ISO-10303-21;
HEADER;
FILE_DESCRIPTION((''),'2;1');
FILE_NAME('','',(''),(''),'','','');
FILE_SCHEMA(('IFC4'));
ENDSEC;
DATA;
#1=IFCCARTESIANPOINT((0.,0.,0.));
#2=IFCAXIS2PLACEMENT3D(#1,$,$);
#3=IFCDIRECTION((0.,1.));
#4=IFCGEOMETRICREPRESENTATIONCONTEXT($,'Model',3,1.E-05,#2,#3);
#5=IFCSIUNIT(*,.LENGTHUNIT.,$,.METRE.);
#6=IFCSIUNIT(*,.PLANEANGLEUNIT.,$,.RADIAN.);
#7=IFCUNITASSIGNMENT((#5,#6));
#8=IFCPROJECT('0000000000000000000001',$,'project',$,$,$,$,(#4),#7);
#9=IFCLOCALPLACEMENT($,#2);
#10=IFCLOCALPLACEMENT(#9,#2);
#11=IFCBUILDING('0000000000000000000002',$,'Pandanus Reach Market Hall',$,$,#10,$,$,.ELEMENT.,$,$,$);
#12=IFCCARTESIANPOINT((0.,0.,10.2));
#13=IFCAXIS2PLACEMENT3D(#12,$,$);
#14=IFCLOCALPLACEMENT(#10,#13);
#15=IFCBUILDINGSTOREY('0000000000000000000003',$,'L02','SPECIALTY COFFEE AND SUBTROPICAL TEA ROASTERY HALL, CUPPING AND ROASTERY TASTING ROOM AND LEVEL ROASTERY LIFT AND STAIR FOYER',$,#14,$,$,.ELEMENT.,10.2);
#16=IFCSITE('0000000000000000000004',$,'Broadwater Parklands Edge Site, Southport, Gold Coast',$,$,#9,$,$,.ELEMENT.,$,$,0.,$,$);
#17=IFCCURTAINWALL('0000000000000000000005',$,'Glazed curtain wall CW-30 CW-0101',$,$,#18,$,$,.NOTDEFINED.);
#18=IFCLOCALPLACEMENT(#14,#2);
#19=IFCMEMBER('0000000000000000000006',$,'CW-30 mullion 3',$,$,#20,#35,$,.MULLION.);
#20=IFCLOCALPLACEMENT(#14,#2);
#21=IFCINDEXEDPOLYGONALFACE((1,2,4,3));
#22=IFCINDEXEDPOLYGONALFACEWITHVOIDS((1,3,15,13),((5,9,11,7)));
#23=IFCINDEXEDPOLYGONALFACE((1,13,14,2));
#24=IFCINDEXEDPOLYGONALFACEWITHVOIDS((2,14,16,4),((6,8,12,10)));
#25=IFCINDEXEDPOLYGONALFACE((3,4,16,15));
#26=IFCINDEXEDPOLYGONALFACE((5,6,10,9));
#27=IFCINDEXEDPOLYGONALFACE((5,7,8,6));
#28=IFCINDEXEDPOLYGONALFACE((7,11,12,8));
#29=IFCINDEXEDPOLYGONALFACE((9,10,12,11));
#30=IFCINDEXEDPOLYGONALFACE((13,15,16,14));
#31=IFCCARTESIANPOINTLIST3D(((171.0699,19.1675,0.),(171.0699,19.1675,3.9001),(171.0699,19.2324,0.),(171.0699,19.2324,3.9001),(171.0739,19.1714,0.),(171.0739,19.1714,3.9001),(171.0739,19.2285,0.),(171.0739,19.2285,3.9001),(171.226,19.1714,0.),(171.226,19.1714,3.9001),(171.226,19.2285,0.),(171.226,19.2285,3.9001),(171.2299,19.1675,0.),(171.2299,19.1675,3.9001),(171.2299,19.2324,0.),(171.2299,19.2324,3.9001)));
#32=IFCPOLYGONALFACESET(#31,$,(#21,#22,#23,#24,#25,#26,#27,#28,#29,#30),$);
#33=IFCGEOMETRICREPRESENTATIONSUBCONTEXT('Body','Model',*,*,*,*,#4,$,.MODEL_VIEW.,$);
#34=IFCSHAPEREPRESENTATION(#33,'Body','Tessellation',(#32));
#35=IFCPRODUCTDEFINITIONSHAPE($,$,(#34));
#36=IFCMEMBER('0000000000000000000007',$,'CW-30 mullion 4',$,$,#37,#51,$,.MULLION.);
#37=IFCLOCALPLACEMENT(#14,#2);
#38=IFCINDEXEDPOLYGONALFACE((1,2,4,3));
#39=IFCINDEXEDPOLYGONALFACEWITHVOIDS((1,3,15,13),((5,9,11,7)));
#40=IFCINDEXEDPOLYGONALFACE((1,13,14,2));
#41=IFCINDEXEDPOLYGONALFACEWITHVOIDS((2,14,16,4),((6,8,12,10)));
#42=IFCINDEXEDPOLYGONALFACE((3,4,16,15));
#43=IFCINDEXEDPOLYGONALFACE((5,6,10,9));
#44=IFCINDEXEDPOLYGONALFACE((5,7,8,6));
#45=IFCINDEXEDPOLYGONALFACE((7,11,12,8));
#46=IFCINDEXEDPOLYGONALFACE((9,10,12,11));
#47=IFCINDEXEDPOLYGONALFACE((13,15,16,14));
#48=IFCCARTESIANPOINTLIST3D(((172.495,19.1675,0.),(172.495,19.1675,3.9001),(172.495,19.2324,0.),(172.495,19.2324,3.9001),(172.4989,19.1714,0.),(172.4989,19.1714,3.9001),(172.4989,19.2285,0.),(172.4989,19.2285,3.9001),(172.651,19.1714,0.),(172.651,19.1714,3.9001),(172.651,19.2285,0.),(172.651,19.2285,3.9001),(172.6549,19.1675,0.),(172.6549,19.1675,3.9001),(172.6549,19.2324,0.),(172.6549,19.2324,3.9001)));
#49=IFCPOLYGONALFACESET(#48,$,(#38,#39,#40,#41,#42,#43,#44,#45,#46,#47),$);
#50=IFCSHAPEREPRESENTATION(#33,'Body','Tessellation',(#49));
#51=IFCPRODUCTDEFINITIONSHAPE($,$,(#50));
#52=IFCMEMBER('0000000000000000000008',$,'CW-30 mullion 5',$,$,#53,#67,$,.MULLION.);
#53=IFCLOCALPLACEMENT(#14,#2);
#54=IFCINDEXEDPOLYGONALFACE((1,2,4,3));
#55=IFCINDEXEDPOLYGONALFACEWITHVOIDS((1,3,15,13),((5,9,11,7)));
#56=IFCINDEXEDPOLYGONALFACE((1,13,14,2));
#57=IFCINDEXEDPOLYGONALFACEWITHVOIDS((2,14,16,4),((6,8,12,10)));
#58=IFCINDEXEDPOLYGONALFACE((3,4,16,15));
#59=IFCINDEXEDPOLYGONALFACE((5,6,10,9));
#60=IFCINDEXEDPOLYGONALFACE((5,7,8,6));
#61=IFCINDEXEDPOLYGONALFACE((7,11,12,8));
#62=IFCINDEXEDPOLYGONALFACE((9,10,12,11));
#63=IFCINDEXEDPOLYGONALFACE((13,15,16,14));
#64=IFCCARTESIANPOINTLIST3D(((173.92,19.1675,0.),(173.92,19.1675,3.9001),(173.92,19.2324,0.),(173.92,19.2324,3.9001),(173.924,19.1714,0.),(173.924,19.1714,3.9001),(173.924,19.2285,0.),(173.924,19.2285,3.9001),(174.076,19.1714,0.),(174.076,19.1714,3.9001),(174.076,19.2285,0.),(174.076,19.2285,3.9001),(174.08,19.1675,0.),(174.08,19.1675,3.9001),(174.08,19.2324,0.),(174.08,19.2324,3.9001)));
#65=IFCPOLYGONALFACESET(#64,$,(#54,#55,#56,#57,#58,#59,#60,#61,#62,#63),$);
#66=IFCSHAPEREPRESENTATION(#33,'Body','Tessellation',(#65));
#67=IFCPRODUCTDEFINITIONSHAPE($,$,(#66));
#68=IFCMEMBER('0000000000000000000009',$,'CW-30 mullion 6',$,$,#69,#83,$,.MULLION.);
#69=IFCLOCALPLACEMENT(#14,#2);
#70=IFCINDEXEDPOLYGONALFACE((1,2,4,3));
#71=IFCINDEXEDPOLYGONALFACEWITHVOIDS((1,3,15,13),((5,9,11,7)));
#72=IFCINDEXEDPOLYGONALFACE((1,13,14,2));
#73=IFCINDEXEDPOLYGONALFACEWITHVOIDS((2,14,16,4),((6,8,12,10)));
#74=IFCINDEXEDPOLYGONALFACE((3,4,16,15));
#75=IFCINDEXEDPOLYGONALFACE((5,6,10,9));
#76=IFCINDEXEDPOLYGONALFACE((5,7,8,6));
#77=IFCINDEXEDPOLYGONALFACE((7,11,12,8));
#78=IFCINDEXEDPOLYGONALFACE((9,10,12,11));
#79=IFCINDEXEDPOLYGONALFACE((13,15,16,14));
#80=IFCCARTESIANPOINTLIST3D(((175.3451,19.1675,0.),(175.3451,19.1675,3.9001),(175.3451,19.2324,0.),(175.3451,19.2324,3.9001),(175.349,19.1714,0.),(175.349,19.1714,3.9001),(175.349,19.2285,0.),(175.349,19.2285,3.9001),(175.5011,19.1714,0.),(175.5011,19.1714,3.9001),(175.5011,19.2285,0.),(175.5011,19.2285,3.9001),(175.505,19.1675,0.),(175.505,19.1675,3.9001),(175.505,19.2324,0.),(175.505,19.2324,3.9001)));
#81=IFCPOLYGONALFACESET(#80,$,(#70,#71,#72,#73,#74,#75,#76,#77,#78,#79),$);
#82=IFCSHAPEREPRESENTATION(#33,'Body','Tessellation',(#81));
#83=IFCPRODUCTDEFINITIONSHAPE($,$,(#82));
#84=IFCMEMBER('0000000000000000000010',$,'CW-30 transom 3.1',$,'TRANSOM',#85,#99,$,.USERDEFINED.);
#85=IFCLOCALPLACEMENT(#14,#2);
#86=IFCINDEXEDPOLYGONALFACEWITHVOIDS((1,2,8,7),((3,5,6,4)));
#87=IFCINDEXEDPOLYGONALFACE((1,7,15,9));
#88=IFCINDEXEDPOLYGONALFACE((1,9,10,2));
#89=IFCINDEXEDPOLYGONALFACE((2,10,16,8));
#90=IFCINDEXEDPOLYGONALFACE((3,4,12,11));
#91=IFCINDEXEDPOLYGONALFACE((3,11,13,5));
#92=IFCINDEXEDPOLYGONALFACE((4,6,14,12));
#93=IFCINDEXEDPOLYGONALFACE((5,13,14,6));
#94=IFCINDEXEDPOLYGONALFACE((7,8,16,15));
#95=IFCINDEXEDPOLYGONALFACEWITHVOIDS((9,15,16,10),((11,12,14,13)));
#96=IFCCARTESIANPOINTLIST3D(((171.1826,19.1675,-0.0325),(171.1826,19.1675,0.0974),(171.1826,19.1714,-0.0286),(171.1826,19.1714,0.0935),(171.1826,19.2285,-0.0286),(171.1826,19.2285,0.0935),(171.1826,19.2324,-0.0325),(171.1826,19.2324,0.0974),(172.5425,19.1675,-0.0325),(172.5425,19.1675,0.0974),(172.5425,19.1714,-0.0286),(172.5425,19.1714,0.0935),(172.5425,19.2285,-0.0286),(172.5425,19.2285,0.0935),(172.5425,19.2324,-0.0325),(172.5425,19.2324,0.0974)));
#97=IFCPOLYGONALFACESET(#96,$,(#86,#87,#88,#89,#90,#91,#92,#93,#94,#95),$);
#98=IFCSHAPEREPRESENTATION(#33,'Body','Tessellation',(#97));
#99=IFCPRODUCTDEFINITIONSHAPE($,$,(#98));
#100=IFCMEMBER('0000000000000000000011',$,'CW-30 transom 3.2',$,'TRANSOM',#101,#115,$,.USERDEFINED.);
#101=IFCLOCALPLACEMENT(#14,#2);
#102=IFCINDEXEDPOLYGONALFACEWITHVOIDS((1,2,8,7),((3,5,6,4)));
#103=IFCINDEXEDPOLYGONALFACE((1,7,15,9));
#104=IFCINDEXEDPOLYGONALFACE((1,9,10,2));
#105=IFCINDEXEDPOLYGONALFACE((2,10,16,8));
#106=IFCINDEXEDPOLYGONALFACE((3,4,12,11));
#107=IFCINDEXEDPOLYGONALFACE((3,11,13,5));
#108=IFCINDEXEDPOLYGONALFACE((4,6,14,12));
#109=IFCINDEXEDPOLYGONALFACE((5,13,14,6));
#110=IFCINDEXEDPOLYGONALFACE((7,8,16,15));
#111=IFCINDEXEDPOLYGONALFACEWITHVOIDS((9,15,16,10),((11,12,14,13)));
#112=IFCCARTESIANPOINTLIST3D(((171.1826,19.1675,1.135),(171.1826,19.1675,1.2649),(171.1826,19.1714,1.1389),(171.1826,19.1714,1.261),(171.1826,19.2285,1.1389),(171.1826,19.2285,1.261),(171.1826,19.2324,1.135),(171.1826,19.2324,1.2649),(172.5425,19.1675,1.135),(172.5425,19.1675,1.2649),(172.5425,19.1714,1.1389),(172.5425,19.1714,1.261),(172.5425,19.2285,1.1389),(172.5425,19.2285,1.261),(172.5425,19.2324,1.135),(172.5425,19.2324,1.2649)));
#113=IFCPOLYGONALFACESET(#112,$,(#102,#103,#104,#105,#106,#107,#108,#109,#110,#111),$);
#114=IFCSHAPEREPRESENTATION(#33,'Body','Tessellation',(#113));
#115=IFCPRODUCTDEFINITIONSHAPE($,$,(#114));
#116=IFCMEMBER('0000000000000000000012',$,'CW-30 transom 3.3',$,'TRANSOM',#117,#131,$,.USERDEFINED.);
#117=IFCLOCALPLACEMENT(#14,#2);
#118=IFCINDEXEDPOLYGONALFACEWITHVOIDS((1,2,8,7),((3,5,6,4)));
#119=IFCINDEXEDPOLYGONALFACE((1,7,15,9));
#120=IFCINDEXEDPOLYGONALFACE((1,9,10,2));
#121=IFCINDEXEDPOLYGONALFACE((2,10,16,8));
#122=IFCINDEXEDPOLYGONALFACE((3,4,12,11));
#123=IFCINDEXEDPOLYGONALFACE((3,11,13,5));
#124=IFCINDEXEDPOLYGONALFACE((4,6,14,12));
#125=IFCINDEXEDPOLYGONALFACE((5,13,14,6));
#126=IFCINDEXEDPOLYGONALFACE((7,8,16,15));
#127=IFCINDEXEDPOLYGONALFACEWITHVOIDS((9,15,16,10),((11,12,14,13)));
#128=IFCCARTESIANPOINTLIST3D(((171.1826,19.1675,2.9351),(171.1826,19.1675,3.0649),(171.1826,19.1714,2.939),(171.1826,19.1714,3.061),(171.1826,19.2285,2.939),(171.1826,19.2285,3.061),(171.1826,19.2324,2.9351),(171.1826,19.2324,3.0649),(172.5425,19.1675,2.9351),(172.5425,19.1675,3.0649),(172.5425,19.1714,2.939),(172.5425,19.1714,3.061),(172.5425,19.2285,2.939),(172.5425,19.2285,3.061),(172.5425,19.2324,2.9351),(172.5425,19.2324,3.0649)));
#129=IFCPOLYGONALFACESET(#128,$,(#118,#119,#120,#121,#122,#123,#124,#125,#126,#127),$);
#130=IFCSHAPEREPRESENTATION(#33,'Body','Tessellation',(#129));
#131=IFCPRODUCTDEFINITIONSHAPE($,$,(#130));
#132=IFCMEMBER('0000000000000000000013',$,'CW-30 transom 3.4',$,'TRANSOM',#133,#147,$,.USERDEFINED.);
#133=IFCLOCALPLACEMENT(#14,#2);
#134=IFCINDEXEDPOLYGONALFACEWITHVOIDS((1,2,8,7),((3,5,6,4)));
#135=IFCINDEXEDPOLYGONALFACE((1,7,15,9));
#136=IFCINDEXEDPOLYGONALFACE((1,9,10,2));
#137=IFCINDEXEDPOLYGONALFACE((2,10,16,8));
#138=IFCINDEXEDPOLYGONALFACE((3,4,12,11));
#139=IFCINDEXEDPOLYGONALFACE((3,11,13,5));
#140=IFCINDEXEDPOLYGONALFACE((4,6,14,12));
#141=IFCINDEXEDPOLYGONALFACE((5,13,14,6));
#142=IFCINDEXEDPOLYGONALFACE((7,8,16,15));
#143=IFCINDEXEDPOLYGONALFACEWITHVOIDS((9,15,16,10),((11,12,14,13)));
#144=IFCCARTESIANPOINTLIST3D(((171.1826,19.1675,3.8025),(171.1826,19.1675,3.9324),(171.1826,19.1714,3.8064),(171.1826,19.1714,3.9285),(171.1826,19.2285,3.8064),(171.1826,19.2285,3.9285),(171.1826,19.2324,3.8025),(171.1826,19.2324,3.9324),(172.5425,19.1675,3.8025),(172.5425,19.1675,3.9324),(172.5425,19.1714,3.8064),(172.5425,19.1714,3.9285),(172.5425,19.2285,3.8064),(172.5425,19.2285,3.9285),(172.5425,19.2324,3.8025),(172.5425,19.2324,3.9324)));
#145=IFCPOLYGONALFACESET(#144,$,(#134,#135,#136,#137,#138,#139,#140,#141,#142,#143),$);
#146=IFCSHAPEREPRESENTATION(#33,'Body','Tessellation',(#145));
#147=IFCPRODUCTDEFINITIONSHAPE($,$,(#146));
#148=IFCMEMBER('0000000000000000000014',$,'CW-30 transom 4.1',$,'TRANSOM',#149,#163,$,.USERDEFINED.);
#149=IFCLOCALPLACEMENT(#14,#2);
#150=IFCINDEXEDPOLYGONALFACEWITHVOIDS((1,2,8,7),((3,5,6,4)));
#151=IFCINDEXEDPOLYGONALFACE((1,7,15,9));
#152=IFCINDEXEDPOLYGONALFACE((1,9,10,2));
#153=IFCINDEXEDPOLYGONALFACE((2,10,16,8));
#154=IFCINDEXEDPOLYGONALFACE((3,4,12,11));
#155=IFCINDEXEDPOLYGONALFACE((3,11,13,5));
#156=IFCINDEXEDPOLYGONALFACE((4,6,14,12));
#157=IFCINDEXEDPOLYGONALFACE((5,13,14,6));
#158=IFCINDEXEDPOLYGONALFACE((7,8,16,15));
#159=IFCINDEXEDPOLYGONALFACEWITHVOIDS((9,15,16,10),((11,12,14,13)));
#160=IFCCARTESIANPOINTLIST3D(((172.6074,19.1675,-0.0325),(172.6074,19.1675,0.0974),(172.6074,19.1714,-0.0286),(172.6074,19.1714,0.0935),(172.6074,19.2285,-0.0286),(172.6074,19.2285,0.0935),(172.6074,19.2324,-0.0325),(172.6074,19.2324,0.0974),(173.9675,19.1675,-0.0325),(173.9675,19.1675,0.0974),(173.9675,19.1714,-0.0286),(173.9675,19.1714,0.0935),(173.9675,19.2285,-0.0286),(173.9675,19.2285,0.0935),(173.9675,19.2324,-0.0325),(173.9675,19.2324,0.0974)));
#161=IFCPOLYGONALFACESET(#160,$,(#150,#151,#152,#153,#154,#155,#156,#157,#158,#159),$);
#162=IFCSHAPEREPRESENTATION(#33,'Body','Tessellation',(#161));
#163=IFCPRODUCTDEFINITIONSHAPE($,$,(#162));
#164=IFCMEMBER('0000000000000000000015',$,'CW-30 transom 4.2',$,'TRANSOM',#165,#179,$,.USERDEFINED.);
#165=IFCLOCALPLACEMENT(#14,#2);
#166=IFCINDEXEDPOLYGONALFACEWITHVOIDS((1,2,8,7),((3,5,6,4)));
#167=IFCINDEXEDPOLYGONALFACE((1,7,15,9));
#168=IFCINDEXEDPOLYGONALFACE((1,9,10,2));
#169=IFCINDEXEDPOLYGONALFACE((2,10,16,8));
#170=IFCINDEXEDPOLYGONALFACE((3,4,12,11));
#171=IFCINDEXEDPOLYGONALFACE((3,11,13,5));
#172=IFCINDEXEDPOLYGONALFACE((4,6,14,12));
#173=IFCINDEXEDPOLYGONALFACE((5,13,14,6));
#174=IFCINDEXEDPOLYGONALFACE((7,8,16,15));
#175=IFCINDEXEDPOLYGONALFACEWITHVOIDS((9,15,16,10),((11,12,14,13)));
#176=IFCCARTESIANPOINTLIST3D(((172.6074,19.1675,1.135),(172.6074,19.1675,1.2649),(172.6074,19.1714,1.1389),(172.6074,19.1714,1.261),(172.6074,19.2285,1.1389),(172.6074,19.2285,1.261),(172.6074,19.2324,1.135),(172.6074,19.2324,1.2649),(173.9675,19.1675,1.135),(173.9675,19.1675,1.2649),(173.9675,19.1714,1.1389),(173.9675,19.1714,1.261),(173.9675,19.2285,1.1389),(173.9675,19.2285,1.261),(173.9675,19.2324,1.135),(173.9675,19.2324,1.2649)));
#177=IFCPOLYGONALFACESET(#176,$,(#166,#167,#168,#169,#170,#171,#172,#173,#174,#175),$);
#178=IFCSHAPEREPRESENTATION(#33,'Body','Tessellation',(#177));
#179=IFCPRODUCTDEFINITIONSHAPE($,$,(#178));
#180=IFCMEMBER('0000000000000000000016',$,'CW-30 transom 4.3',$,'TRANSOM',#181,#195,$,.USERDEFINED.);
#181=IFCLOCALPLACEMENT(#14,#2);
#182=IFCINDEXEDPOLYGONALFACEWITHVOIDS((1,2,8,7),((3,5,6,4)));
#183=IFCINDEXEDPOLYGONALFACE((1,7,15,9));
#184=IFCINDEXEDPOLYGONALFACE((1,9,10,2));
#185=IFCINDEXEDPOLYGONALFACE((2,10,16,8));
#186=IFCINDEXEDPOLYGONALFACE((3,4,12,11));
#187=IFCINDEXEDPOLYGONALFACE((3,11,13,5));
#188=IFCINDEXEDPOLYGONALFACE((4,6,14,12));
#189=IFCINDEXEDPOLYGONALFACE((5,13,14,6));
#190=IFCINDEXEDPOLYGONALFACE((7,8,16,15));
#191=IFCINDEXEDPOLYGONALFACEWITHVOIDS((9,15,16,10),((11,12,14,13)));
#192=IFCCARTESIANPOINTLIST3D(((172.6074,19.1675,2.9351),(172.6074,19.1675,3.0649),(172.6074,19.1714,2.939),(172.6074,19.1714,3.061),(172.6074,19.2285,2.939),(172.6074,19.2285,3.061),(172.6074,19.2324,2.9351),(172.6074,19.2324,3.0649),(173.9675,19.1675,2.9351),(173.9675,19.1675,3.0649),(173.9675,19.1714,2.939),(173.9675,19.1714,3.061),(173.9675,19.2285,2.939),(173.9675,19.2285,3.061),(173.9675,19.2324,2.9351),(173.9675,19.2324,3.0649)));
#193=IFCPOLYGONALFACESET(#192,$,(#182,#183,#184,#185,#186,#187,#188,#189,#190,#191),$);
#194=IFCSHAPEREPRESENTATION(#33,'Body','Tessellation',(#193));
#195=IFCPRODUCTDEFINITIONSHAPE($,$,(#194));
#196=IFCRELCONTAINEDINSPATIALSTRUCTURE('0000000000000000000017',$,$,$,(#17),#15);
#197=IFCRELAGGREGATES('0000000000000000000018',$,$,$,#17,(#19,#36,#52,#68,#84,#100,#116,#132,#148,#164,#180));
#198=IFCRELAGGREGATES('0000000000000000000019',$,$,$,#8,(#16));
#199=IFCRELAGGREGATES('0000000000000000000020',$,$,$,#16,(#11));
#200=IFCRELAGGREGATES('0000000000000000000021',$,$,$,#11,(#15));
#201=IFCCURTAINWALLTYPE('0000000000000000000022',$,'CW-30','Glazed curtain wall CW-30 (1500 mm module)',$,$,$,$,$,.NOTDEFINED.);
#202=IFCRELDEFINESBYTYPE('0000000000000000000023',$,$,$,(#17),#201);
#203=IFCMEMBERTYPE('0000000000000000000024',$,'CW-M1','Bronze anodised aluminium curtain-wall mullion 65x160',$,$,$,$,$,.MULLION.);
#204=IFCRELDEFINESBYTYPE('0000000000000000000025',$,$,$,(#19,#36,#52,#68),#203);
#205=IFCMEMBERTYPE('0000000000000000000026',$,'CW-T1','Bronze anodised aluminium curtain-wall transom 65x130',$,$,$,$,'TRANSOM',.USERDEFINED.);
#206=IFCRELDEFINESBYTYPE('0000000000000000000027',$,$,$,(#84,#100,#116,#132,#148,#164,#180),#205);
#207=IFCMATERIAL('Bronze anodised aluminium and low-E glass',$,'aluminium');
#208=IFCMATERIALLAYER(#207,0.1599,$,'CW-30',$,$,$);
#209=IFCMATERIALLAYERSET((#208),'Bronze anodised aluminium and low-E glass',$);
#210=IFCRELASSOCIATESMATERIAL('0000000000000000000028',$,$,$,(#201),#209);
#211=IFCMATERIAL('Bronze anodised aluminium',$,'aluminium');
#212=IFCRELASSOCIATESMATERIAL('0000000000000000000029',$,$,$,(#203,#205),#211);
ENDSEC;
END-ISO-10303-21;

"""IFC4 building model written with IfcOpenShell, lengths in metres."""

from ifc_helpers import new_model, si_unit, direction, frame, origin, origin_2d, place, context, subcontext, project, spatial, hollow_rectangle, extrude, material, layer, layer_set, material_profile, profile_set, type_object, element, aggregate, save


model = new_model("IFC4")

# Units and contexts
model_context = context("Model", 3, precision=1e-05, world=origin(), true_north=direction((0.0, 1.0)))
body_context = subcontext(model_context, "Body", "Model", "MODEL_VIEW")
ifc_project = project(units=[si_unit("LENGTHUNIT", "METRE"), si_unit("PLANEANGLEUNIT", "RADIAN")], contexts=[model_context])

# Site, building, storey
site_placement = place(None, origin())
site = spatial("IfcSite", under=ifc_project, at=site_placement, Name="Broadwater Parklands Edge Site, Southport, Gold Coast", CompositionType="ELEMENT", RefElevation=0.0)
building_placement = place(site_placement, origin())
building = spatial("IfcBuilding", under=site, at=building_placement, Name="Pandanus Reach Market Hall", CompositionType="ELEMENT")
storey_placement = place(building_placement, frame((0.0, 0.0, 10.2)))
storey = spatial("IfcBuildingStorey", under=building, at=storey_placement, Name="L02", Description="SPECIALTY COFFEE AND SUBTROPICAL TEA ROASTERY HALL, CUPPING AND ROASTERY TASTING ROOM AND LEVEL ROASTERY LIFT AND STAIR FOYER", CompositionType="ELEMENT", Elevation=10.2)

# Curtain wall, members
ifc_material_1 = material(Name="Bronze anodised aluminium and low-E glass", Category="aluminium")
ifc_layer_1 = layer(ifc_material_1, 0.1599, Name="CW-30")
ifc_layer_set_1 = layer_set([ifc_layer_1], Name="Bronze anodised aluminium and low-E glass")
curtain_wall_type = type_object("IfcCurtainWallType", Name="CW-30", Description="Glazed curtain wall CW-30 (1500 mm module)", PredefinedType="NOTDEFINED", material=ifc_layer_set_1)
curtain_wall_placement = place(storey_placement, origin())
curtain_wall = element("IfcCurtainWall", 1, at=curtain_wall_placement, inside=storey, type_object=curtain_wall_type, Name="Glazed curtain wall CW-30 CW-0101", PredefinedType="NOTDEFINED")
ifc_material_2 = material(Name="Bronze anodised aluminium", Category="aluminium")
ifc_material_profile_1 = material_profile(ifc_material_2, hollow_rectangle(XDim=0.0649, YDim=0.1599, WallThickness=0.0039, at=origin_2d()), Name="ALU65x160", Category="LoadBearing")
ifc_profile_set_1 = profile_set([ifc_material_profile_1], Name="Bronze anodised aluminium")
member_type_1 = type_object("IfcMemberType", Name="CW-M1", Description="Bronze anodised aluminium curtain-wall mullion 65x160", PredefinedType="MULLION", material=ifc_profile_set_1)
member_1_placement = place(storey_placement, frame((171.1499, 19.2, 0.0), z_axis=(0.0, 0.0, 1.0), x_axis=(0.0, 1.0, 0.0)))
member_1 = element("IfcMember", 2, at=member_1_placement, type_object=member_type_1, Name="CW-30 mullion 3", PredefinedType="MULLION", context=body_context, shape_type="SweptSolid", body=[
    extrude(hollow_rectangle(XDim=0.0649, YDim=0.1599, WallThickness=0.0039, at=origin_2d()), origin(), (0.0, 0.0, 1.0), 3.9001),
])
member_2_placement = place(storey_placement, frame((172.575, 19.2, 0.0), z_axis=(0.0, 0.0, 1.0), x_axis=(0.0, 1.0, 0.0)))
member_2 = element("IfcMember", 3, at=member_2_placement, type_object=member_type_1, Name="CW-30 mullion 4", PredefinedType="MULLION", context=body_context, shape_type="SweptSolid", body=[
    extrude(hollow_rectangle(XDim=0.0649, YDim=0.1599, WallThickness=0.0039, at=origin_2d()), origin(), (0.0, 0.0, 1.0), 3.9001),
])
member_3_placement = place(storey_placement, frame((174.0, 19.2, 0.0), z_axis=(0.0, 0.0, 1.0), x_axis=(0.0, 1.0, 0.0)))
member_3 = element("IfcMember", 4, at=member_3_placement, type_object=member_type_1, Name="CW-30 mullion 5", PredefinedType="MULLION", context=body_context, shape_type="SweptSolid", body=[
    extrude(hollow_rectangle(XDim=0.0649, YDim=0.1599, WallThickness=0.0039, at=origin_2d()), origin(), (0.0, 0.0, 1.0), 3.9001),
])
member_4_placement = place(storey_placement, frame((175.425, 19.2, 0.0), z_axis=(0.0, 0.0, 1.0), x_axis=(0.0, 1.0, 0.0)))
member_4 = element("IfcMember", 5, at=member_4_placement, type_object=member_type_1, Name="CW-30 mullion 6", PredefinedType="MULLION", context=body_context, shape_type="SweptSolid", body=[
    extrude(hollow_rectangle(XDim=0.0649, YDim=0.1599, WallThickness=0.0039, at=origin_2d()), origin(), (0.0, 0.0, 1.0), 3.9001),
])
ifc_material_profile_2 = material_profile(ifc_material_2, hollow_rectangle(XDim=0.0649, YDim=0.1299, WallThickness=0.0039, at=origin_2d()), Name="ALU65x130", Category="LoadBearing")
ifc_profile_set_2 = profile_set([ifc_material_profile_2], Name="Bronze anodised aluminium")
member_type_2 = type_object("IfcMemberType", Name="CW-T1", Description="Bronze anodised aluminium curtain-wall transom 65x130", ElementType="TRANSOM", PredefinedType="USERDEFINED", material=ifc_profile_set_2)
member_5_placement = place(storey_placement, frame((171.1826, 19.2, 0.0325), z_axis=(1.0, 0.0, 0.0), x_axis=(0.0, 1.0, 0.0)))
member_5 = element("IfcMember", 6, at=member_5_placement, type_object=member_type_2, Name="CW-30 transom 3.1", ObjectType="TRANSOM", PredefinedType="USERDEFINED", context=body_context, shape_type="SweptSolid", body=[
    extrude(hollow_rectangle(XDim=0.0649, YDim=0.1299, WallThickness=0.0039, at=origin_2d()), origin(), (0.0, 0.0, 1.0), 1.3599),
])
member_6_placement = place(storey_placement, frame((171.1826, 19.2, 1.2), z_axis=(1.0, 0.0, 0.0), x_axis=(0.0, 1.0, 0.0)))
member_6 = element("IfcMember", 7, at=member_6_placement, type_object=member_type_2, Name="CW-30 transom 3.2", ObjectType="TRANSOM", PredefinedType="USERDEFINED", context=body_context, shape_type="SweptSolid", body=[
    extrude(hollow_rectangle(XDim=0.0649, YDim=0.1299, WallThickness=0.0039, at=origin_2d()), origin(), (0.0, 0.0, 1.0), 1.3599),
])
member_7_placement = place(storey_placement, frame((171.1826, 19.2, 3.0), z_axis=(1.0, 0.0, 0.0), x_axis=(0.0, 1.0, 0.0)))
member_7 = element("IfcMember", 8, at=member_7_placement, type_object=member_type_2, Name="CW-30 transom 3.3", ObjectType="TRANSOM", PredefinedType="USERDEFINED", context=body_context, shape_type="SweptSolid", body=[
    extrude(hollow_rectangle(XDim=0.0649, YDim=0.1299, WallThickness=0.0039, at=origin_2d()), origin(), (0.0, 0.0, 1.0), 1.3599),
])
member_8_placement = place(storey_placement, frame((171.1826, 19.2, 3.8674), z_axis=(1.0, 0.0, 0.0), x_axis=(0.0, 1.0, 0.0)))
member_8 = element("IfcMember", 9, at=member_8_placement, type_object=member_type_2, Name="CW-30 transom 3.4", ObjectType="TRANSOM", PredefinedType="USERDEFINED", context=body_context, shape_type="SweptSolid", body=[
    extrude(hollow_rectangle(XDim=0.0649, YDim=0.1299, WallThickness=0.0039, at=origin_2d()), origin(), (0.0, 0.0, 1.0), 1.3599),
])
member_9_placement = place(storey_placement, frame((172.6074, 19.2, 0.0325), z_axis=(1.0, 0.0, 0.0), x_axis=(0.0, 1.0, 0.0)))
member_9 = element("IfcMember", 10, at=member_9_placement, type_object=member_type_2, Name="CW-30 transom 4.1", ObjectType="TRANSOM", PredefinedType="USERDEFINED", context=body_context, shape_type="SweptSolid", body=[
    extrude(hollow_rectangle(XDim=0.0649, YDim=0.1299, WallThickness=0.0039, at=origin_2d()), origin(), (0.0, 0.0, 1.0), 1.3601),
])
member_10_placement = place(storey_placement, frame((172.6074, 19.2, 1.2), z_axis=(1.0, 0.0, 0.0), x_axis=(0.0, 1.0, 0.0)))
member_10 = element("IfcMember", 11, at=member_10_placement, type_object=member_type_2, Name="CW-30 transom 4.2", ObjectType="TRANSOM", PredefinedType="USERDEFINED", context=body_context, shape_type="SweptSolid", body=[
    extrude(hollow_rectangle(XDim=0.0649, YDim=0.1299, WallThickness=0.0039, at=origin_2d()), origin(), (0.0, 0.0, 1.0), 1.3601),
])
member_11_placement = place(storey_placement, frame((172.6074, 19.2, 3.0), z_axis=(1.0, 0.0, 0.0), x_axis=(0.0, 1.0, 0.0)))
member_11 = element("IfcMember", 12, at=member_11_placement, type_object=member_type_2, Name="CW-30 transom 4.3", ObjectType="TRANSOM", PredefinedType="USERDEFINED", context=body_context, shape_type="SweptSolid", body=[
    extrude(hollow_rectangle(XDim=0.0649, YDim=0.1299, WallThickness=0.0039, at=origin_2d()), origin(), (0.0, 0.0, 1.0), 1.3601),
])
aggregate(curtain_wall, [member_1, member_2, member_3, member_4, member_5, member_6, member_7, member_8, member_9, member_10, member_11])

save(model, "model.ifc")
